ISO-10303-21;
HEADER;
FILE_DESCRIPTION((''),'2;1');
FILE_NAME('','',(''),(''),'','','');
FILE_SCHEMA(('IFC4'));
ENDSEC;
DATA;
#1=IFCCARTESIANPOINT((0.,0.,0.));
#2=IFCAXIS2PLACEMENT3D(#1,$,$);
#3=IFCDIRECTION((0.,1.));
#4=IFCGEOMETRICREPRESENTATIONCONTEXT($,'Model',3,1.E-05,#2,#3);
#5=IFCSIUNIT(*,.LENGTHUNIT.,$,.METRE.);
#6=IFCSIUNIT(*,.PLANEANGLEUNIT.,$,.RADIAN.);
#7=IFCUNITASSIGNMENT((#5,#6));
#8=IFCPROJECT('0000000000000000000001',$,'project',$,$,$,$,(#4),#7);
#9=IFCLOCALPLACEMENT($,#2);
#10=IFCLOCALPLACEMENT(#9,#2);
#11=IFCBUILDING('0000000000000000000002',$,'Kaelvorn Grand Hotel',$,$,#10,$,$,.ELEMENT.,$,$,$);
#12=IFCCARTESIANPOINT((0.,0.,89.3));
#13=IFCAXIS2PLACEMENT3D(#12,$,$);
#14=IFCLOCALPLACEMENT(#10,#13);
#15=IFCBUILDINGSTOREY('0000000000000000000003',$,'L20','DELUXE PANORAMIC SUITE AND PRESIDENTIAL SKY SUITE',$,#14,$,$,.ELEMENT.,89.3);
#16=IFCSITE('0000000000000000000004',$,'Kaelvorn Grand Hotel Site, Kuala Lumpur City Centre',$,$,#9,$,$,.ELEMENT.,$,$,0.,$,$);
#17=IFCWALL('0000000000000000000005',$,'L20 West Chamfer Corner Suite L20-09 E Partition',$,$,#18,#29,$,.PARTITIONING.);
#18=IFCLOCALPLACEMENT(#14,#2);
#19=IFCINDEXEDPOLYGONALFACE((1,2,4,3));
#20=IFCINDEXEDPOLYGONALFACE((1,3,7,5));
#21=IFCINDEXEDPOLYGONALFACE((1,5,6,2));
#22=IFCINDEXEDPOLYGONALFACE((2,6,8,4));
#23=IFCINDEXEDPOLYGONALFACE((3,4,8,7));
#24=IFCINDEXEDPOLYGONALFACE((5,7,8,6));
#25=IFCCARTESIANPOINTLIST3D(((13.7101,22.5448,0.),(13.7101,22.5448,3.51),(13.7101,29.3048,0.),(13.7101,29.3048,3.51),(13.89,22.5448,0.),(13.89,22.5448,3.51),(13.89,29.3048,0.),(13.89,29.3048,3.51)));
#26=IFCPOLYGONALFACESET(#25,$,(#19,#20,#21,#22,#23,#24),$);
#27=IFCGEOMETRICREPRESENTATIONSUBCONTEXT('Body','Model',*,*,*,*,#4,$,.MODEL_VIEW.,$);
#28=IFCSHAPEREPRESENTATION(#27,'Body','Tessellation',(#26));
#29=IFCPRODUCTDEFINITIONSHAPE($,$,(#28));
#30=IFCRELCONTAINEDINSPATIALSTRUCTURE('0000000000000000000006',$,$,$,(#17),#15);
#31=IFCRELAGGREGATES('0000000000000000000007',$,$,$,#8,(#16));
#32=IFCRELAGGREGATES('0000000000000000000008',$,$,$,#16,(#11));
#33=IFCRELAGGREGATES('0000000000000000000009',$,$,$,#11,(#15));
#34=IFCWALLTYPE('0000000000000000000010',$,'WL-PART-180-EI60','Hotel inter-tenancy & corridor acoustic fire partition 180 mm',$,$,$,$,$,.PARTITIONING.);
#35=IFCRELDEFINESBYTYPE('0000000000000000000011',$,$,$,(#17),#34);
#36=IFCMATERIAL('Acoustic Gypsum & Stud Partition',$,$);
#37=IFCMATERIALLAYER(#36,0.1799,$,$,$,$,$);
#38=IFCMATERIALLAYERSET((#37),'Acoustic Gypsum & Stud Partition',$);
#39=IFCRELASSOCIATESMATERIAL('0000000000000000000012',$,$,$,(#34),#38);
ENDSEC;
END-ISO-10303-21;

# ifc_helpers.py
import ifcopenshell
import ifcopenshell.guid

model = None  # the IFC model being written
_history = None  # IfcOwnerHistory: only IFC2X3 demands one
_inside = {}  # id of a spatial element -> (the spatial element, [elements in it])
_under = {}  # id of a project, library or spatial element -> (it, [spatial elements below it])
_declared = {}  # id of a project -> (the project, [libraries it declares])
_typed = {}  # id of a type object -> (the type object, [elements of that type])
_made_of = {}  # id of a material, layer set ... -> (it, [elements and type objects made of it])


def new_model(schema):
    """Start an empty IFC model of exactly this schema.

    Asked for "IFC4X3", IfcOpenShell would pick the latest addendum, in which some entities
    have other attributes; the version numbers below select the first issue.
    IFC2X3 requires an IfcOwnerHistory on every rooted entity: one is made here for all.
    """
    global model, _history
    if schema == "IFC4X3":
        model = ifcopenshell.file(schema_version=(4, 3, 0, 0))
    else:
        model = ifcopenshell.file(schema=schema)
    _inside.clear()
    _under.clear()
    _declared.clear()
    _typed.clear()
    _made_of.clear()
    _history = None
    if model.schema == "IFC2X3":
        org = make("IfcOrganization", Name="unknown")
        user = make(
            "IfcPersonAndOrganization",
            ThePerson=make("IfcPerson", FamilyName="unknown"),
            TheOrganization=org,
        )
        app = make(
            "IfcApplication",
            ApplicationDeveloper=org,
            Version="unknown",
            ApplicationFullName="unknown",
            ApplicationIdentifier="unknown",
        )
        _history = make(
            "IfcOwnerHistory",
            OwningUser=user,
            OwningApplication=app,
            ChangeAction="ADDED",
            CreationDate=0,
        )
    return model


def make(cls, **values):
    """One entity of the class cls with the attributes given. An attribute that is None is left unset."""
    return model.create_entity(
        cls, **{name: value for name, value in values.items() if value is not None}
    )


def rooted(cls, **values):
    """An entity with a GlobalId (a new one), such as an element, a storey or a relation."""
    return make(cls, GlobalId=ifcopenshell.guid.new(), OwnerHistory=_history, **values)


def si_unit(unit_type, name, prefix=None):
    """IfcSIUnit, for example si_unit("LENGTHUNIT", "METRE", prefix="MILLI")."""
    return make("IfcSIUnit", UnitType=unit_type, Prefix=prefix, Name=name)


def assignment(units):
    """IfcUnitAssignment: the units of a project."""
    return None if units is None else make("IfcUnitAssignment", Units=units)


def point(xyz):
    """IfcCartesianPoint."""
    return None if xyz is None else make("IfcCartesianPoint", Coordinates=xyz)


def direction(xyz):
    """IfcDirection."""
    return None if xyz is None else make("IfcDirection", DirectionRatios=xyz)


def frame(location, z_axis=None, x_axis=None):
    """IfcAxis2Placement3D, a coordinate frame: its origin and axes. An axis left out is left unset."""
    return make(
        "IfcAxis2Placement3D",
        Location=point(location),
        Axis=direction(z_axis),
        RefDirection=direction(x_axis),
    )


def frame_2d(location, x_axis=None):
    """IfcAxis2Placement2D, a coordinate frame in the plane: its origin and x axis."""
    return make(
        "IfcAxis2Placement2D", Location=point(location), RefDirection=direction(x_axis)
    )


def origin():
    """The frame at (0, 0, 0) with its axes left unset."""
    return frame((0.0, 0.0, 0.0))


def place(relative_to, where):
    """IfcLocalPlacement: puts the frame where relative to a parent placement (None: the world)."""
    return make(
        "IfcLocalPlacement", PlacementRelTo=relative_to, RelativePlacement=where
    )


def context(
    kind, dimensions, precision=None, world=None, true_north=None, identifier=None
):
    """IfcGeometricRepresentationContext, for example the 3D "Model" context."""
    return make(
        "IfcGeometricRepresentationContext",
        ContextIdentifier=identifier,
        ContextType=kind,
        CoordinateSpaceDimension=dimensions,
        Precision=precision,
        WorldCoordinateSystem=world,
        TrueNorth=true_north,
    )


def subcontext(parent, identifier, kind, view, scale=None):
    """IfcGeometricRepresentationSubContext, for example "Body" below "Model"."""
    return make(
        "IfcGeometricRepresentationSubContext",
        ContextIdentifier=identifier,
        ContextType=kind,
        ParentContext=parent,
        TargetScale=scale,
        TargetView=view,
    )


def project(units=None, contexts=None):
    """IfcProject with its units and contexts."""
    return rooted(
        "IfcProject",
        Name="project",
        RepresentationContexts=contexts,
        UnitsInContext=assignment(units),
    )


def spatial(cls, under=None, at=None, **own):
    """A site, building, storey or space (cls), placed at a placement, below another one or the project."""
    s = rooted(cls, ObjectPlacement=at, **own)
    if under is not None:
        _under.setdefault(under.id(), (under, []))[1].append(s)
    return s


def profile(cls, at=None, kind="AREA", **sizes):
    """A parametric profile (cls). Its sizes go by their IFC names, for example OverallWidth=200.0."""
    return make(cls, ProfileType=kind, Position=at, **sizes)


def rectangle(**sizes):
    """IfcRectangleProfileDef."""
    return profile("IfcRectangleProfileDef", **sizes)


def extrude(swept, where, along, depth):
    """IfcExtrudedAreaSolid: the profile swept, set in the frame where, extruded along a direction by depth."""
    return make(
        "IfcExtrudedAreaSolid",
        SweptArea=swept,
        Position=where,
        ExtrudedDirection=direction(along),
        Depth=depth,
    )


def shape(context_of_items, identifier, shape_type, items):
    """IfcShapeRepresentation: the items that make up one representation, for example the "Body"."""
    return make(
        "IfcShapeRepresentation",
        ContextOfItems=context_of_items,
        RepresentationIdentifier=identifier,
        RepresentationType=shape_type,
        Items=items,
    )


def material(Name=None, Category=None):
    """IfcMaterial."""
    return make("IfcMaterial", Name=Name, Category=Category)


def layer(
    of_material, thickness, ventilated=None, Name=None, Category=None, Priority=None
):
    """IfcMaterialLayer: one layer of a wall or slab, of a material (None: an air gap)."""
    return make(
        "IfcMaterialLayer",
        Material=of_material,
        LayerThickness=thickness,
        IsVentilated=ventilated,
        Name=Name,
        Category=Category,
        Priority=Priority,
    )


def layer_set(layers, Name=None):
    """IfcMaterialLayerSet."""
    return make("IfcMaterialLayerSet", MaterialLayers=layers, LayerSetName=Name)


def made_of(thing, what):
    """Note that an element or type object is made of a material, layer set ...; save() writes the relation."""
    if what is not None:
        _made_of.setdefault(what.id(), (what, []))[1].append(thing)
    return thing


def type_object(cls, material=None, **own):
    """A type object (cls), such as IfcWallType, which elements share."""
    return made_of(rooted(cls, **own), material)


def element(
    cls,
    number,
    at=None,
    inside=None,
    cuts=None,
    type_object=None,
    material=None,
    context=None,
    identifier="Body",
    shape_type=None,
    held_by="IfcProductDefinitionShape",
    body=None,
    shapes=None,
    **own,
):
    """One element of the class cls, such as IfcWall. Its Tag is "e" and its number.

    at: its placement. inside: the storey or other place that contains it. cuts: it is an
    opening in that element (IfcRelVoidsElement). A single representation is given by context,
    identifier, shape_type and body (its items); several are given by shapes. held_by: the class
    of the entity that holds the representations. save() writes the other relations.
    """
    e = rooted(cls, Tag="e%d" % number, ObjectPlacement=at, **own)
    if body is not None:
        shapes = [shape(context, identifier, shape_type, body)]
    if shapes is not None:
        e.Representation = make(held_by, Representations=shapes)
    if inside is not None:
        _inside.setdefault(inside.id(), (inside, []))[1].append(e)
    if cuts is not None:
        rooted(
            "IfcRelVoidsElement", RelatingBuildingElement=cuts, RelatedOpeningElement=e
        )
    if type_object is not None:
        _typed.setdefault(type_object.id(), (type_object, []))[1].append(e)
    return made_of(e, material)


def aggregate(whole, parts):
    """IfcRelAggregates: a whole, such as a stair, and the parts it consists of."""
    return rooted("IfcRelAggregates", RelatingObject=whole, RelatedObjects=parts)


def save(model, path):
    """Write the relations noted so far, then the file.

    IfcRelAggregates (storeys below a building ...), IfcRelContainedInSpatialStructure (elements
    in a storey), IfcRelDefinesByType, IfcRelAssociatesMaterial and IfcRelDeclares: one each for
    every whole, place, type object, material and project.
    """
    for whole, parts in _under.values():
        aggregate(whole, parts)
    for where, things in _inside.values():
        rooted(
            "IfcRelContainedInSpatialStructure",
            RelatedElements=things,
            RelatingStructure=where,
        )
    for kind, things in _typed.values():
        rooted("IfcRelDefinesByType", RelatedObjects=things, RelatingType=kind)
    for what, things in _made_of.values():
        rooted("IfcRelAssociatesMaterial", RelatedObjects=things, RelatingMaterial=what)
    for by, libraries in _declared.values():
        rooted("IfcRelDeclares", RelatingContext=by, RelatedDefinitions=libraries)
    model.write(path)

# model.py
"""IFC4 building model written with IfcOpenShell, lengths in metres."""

from ifc_helpers import new_model, si_unit, direction, frame, frame_2d, origin, place, context, subcontext, project, spatial, rectangle, extrude, material, layer, layer_set, type_object, element, save


model = new_model("IFC4")

# Units and contexts
model_context = context("Model", 3, precision=1e-05, world=origin(), true_north=direction((0.0, 1.0)))
body_context = subcontext(model_context, "Body", "Model", "MODEL_VIEW")
ifc_project = project(units=[si_unit("LENGTHUNIT", "METRE"), si_unit("PLANEANGLEUNIT", "RADIAN")], contexts=[model_context])

# Site, building, storey
site_placement = place(None, origin())
site = spatial("IfcSite", under=ifc_project, at=site_placement, Name="Kaelvorn Grand Hotel Site, Kuala Lumpur City Centre", CompositionType="ELEMENT", RefElevation=0.0)
building_placement = place(site_placement, origin())
building = spatial("IfcBuilding", under=site, at=building_placement, Name="Kaelvorn Grand Hotel", CompositionType="ELEMENT")
storey_placement = place(building_placement, frame((0.0, 0.0, 89.3)))
storey = spatial("IfcBuildingStorey", under=building, at=storey_placement, Name="L20", Description="DELUXE PANORAMIC SUITE AND PRESIDENTIAL SKY SUITE", CompositionType="ELEMENT", Elevation=89.3)

# Shared definitions
ifc_material_1 = material(Name="Acoustic Gypsum & Stud Partition")
ifc_layer_1 = layer(ifc_material_1, 0.1799)
ifc_layer_set_1 = layer_set([ifc_layer_1], Name="Acoustic Gypsum & Stud Partition")
wall_type_1 = type_object("IfcWallType", Name="WL-PART-180-EI60", Description="Hotel inter-tenancy & corridor acoustic fire partition 180 mm", PredefinedType="PARTITIONING", material=ifc_layer_set_1)

# Wall
wall_1_placement = place(storey_placement, frame((13.8, 22.5449, 0.0), z_axis=(0.0, 0.0, 1.0), x_axis=(0.0, 1.0, 0.0)))
element("IfcWall", 1, at=wall_1_placement, inside=storey, type_object=wall_type_1, Name="L20 West Chamfer Corner Suite L20-09 E Partition", PredefinedType="PARTITIONING", context=body_context, shape_type="SweptSolid", body=[
    extrude(rectangle(XDim=6.76, YDim=0.1799, at=frame_2d((3.3799, 0.0))), origin(), (0.0, 0.0, 1.0), 3.51),
])

save(model, "model.ifc")
